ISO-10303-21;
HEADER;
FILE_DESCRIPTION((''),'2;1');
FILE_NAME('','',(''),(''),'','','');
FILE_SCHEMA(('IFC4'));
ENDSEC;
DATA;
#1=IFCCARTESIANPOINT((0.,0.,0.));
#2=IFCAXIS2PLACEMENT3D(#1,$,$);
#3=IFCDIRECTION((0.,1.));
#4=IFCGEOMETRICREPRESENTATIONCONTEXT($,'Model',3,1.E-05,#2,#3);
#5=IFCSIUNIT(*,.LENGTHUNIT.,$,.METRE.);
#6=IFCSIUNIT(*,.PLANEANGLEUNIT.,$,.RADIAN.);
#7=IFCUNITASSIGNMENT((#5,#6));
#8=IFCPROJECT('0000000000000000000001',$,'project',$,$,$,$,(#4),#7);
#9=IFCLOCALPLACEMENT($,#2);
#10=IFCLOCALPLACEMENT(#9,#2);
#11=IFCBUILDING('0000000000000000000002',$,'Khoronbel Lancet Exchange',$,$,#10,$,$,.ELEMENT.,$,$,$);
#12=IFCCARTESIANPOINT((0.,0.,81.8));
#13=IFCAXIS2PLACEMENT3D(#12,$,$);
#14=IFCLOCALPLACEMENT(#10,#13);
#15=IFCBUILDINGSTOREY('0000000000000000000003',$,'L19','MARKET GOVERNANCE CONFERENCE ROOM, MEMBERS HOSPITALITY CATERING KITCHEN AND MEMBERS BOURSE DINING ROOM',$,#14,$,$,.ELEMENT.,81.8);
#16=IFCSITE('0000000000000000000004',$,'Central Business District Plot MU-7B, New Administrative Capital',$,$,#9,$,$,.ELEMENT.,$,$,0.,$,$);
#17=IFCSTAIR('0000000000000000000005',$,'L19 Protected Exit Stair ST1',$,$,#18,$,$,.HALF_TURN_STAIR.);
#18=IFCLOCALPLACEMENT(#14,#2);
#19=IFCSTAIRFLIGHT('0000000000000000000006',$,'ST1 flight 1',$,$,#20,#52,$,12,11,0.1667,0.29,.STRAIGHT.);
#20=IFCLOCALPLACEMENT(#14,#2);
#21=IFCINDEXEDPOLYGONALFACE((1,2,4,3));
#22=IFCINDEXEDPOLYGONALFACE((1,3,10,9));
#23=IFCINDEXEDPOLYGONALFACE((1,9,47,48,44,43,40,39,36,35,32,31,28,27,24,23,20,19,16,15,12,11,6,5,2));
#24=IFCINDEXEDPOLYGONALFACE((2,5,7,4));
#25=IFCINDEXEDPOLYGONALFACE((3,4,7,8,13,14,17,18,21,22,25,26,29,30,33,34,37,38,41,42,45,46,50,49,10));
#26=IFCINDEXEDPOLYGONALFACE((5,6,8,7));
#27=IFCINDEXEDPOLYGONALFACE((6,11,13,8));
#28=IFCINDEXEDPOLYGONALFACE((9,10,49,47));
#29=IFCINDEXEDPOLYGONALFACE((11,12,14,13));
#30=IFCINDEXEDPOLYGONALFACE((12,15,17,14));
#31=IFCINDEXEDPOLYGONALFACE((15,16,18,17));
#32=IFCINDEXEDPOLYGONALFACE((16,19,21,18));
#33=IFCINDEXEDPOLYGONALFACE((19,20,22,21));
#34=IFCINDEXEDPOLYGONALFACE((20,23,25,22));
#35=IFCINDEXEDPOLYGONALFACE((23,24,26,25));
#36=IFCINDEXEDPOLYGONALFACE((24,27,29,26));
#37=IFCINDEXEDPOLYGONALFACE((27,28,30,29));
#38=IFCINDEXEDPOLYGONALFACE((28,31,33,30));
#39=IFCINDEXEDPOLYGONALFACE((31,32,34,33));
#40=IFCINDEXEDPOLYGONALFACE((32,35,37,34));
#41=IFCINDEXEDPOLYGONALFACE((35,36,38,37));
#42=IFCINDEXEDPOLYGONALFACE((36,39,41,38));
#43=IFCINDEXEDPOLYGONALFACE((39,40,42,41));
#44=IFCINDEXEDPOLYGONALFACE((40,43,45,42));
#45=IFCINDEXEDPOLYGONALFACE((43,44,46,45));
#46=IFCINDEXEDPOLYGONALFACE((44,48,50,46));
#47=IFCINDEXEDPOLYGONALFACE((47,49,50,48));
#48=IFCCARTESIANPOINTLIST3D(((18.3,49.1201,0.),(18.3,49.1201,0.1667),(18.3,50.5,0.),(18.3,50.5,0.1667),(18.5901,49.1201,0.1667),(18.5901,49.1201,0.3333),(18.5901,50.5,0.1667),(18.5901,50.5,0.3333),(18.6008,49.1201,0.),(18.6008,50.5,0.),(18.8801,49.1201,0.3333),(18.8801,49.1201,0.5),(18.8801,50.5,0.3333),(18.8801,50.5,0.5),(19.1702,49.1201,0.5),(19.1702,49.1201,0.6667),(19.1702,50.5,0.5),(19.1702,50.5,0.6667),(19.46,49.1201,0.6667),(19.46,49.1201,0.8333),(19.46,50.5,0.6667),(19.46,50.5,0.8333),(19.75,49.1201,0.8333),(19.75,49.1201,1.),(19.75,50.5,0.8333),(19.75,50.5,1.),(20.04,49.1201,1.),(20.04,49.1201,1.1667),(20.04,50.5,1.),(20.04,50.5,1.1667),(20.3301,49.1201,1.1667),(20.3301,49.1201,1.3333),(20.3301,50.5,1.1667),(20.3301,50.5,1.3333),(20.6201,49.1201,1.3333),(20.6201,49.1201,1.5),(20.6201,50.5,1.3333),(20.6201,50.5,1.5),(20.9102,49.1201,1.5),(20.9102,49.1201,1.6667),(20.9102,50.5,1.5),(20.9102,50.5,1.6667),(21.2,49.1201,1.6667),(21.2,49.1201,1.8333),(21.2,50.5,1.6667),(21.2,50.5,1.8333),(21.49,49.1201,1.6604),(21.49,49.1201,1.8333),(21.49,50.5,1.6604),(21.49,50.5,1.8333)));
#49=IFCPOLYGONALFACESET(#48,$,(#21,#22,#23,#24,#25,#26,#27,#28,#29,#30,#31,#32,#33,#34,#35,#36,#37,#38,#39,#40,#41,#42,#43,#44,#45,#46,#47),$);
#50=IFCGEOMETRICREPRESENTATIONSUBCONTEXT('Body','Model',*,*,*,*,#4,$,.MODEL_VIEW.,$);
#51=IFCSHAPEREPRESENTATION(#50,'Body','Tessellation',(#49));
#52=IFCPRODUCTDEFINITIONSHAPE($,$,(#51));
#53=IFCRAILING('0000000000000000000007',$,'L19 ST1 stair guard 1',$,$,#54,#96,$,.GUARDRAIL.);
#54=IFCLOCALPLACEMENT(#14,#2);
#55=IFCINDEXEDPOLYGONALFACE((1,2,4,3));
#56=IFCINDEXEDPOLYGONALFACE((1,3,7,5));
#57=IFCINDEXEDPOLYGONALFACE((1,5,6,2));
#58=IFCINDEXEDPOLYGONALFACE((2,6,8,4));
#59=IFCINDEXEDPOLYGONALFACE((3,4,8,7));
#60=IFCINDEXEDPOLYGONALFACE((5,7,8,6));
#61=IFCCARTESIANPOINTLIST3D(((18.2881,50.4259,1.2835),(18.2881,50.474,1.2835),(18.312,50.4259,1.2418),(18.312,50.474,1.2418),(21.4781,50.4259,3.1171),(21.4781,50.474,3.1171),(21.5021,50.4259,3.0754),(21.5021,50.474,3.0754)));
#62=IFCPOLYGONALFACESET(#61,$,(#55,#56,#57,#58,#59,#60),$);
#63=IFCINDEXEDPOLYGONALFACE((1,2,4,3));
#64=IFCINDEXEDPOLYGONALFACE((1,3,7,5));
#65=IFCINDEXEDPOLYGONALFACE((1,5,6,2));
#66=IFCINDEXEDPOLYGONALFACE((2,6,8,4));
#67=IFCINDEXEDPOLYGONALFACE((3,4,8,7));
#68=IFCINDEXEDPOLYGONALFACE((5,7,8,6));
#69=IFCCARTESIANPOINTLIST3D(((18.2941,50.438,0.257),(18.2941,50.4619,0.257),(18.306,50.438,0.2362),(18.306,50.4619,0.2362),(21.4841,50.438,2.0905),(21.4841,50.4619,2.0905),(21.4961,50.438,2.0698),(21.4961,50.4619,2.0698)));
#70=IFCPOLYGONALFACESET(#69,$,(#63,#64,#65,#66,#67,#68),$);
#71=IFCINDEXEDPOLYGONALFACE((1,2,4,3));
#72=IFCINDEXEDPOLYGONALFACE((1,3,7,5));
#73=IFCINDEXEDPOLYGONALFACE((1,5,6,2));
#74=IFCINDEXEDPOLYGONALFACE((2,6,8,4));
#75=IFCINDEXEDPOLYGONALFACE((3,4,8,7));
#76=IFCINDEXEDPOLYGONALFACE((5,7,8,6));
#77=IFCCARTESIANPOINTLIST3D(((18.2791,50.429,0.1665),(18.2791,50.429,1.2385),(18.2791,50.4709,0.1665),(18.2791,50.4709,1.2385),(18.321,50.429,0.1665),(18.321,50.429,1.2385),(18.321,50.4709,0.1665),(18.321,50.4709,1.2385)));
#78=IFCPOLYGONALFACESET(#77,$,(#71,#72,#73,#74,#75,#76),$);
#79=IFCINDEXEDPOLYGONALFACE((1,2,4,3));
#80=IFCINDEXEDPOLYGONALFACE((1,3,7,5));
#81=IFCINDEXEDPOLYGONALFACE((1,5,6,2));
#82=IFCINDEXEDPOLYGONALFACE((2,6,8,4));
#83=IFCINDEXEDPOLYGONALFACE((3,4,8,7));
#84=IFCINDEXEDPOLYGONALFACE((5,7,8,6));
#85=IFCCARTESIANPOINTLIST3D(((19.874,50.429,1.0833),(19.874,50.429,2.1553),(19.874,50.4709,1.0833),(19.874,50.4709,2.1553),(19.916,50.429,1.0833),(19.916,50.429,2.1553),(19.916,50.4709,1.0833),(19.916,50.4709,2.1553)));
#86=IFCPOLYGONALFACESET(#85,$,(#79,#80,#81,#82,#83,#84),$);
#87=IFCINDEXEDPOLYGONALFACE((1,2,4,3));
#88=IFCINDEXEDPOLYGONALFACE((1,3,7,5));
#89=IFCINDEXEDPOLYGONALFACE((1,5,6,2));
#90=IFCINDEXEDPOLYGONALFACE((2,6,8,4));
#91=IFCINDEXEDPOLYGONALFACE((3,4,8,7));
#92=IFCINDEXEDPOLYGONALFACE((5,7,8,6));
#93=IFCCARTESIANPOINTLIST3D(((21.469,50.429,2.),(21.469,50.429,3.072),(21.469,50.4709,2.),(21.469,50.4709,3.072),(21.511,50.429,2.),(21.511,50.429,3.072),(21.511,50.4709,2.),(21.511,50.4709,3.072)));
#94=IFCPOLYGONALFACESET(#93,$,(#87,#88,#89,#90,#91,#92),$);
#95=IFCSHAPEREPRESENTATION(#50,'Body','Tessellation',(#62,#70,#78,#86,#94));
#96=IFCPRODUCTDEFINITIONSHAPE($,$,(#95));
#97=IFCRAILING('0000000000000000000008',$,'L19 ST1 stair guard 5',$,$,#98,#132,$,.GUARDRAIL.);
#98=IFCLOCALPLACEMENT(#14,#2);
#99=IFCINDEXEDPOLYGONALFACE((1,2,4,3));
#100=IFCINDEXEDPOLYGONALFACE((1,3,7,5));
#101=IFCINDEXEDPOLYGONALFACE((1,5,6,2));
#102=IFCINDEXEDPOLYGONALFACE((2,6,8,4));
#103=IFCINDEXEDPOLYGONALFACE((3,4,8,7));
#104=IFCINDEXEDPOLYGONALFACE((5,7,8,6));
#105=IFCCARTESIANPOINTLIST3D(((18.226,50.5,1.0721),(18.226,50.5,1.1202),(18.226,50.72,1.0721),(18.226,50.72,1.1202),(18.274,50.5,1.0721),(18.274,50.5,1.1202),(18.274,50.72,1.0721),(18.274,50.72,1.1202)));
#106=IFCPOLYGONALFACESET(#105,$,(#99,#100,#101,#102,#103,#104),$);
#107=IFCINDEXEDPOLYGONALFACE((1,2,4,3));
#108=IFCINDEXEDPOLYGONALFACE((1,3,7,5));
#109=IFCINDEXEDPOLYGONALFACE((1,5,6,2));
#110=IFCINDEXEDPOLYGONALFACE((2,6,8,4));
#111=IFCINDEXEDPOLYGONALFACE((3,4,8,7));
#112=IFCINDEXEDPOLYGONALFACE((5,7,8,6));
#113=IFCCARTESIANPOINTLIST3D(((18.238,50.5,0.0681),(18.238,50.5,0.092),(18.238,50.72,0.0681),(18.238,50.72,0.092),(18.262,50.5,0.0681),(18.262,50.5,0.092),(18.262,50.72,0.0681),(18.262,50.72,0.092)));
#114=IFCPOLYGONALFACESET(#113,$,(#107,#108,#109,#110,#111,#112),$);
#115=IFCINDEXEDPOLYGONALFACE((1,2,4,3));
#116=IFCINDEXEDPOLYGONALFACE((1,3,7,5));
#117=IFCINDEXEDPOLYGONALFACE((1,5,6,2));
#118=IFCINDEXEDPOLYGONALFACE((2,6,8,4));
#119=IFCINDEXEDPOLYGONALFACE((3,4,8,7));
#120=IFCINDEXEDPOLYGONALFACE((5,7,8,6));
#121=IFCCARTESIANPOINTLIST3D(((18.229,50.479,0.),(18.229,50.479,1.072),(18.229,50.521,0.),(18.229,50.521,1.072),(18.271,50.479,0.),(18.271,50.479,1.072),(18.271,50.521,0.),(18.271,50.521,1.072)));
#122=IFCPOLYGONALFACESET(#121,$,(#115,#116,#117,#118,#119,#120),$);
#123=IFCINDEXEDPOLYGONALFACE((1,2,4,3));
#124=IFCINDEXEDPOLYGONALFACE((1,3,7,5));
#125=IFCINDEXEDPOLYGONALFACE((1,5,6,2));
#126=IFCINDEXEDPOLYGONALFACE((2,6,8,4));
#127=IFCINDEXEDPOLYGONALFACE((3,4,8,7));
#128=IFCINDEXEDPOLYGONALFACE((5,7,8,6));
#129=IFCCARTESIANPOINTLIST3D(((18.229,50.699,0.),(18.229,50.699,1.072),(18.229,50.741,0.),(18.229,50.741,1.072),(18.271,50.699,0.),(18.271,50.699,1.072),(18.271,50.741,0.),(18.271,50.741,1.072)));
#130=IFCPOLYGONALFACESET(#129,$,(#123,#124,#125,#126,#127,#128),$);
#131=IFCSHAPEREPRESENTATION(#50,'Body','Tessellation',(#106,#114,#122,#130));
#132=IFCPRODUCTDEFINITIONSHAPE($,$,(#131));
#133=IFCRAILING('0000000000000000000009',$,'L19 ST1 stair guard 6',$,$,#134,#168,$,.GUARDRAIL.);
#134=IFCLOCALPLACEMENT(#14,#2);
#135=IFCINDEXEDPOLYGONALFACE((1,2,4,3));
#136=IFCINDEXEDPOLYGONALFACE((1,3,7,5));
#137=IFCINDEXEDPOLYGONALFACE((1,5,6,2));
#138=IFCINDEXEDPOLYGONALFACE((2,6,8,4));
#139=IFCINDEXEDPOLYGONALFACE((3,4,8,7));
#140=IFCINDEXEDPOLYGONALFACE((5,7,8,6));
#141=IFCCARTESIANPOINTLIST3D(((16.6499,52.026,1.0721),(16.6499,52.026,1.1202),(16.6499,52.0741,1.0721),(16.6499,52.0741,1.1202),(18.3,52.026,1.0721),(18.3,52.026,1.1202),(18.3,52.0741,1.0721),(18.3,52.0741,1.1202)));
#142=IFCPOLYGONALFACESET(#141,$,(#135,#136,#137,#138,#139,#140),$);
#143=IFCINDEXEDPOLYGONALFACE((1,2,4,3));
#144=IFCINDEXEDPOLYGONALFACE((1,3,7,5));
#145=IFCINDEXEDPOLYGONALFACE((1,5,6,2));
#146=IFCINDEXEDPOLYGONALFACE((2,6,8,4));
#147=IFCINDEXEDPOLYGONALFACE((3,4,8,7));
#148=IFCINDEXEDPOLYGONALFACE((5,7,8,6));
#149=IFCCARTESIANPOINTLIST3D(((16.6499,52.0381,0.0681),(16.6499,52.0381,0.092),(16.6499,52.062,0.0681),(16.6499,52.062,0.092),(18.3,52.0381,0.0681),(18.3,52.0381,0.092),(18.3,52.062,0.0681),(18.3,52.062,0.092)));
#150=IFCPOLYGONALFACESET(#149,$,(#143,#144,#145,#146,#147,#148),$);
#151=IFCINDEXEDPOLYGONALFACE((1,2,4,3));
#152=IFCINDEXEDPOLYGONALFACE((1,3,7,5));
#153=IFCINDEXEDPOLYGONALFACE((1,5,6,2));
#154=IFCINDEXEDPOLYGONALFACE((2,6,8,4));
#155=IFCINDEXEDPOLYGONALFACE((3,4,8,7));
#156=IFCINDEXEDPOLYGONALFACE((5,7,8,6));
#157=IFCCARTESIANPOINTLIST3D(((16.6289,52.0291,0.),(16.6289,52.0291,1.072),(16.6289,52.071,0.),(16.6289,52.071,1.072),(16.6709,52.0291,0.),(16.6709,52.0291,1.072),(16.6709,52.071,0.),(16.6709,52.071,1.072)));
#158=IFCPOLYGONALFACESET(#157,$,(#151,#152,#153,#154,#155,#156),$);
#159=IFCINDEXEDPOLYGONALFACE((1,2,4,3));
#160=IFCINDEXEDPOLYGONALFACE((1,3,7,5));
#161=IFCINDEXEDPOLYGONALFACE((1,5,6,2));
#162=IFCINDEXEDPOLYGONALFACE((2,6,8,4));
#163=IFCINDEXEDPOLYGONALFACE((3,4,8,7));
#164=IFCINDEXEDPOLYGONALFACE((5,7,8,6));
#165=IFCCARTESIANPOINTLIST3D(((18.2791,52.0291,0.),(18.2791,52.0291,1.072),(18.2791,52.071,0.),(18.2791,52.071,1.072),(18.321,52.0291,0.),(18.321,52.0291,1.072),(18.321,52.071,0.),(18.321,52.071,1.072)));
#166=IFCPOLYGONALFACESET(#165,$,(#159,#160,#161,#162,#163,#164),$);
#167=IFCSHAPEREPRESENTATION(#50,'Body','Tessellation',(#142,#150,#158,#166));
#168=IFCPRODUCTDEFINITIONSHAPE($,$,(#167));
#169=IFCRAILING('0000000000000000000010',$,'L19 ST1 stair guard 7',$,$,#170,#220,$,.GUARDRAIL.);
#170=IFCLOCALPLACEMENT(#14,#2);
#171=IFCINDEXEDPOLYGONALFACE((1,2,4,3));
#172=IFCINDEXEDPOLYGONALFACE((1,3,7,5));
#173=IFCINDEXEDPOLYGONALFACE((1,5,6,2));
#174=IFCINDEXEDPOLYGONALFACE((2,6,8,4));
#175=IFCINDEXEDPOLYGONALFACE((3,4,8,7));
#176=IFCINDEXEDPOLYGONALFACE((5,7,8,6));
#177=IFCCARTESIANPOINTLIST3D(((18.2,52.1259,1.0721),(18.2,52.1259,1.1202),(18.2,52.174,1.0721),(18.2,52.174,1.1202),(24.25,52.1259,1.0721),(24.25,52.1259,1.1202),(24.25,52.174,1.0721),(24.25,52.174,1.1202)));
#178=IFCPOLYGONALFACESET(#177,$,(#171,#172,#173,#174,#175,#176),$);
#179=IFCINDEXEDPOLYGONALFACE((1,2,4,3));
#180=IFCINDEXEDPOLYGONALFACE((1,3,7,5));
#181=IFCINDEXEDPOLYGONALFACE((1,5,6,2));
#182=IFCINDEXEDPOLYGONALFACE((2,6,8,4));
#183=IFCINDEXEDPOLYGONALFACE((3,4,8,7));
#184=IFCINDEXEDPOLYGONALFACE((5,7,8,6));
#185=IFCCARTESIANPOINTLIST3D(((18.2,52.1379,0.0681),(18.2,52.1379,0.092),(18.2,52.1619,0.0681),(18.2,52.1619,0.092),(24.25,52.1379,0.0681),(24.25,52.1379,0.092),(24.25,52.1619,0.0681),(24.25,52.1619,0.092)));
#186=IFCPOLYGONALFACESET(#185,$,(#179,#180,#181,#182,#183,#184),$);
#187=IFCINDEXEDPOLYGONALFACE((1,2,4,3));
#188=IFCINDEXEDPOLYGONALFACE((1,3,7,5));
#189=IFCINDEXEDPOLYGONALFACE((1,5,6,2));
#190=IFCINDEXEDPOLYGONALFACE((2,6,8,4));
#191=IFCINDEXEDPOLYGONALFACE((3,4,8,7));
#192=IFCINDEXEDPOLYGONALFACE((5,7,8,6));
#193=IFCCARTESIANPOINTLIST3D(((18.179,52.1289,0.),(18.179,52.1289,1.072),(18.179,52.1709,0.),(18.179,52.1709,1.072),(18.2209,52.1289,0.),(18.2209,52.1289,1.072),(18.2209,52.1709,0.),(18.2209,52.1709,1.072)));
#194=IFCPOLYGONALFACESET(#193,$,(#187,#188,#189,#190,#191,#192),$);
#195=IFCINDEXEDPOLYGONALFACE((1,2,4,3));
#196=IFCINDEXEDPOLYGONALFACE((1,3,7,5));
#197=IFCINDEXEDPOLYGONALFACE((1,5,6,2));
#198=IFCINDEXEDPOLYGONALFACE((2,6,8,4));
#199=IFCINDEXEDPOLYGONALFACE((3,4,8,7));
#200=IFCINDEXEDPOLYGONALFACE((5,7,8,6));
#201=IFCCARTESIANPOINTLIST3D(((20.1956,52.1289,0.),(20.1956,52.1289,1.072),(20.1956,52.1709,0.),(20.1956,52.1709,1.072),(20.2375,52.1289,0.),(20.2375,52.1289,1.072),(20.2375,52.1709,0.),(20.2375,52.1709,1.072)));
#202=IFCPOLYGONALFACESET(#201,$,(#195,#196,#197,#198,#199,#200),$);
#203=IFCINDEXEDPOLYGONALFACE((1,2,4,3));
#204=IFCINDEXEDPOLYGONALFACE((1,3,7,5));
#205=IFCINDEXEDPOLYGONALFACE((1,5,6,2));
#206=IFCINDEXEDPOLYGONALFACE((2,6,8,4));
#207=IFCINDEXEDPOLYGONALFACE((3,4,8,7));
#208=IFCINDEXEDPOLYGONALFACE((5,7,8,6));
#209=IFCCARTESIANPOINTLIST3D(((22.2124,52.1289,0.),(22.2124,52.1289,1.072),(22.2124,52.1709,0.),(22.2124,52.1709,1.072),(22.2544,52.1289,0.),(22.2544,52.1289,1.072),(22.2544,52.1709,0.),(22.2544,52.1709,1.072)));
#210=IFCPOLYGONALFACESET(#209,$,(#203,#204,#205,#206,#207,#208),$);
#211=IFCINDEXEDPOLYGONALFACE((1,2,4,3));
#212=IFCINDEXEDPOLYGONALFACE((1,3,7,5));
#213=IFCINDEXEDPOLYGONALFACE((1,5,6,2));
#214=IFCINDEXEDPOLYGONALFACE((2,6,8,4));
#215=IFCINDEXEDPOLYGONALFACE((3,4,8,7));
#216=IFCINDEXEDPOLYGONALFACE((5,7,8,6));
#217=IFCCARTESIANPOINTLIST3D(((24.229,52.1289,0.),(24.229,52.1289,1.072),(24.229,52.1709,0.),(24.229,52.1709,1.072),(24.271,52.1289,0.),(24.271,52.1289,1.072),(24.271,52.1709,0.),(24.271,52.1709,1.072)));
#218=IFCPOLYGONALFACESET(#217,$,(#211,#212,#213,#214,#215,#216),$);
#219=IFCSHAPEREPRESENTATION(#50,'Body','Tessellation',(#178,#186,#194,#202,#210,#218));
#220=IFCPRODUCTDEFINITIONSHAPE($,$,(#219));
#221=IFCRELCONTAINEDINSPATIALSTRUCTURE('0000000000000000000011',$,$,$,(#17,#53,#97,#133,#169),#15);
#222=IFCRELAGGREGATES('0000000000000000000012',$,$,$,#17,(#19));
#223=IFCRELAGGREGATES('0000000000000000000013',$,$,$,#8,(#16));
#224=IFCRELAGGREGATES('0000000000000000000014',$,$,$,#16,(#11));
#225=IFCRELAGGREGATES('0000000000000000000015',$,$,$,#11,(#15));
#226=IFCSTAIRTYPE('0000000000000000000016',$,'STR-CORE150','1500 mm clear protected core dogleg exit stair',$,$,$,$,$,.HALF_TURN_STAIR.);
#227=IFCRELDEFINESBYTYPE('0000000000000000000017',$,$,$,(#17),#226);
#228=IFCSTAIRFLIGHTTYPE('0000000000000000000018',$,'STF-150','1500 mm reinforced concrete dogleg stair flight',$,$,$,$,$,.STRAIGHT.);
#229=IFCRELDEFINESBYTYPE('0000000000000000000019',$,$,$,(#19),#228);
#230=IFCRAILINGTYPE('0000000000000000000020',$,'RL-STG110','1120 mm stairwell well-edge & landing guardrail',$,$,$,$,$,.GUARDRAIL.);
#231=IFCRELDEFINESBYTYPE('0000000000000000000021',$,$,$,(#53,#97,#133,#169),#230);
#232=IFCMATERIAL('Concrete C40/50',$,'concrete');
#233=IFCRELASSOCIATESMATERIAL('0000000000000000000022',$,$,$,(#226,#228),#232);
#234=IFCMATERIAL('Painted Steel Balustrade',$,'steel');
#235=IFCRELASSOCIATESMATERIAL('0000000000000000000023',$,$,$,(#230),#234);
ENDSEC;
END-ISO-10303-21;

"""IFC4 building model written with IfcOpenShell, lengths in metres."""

from ifc_helpers import new_model, si_unit, direction, frame, origin, origin_2d, place, context, subcontext, project, spatial, polyline, rectangle, outline, extrude, material, type_object, element, aggregate, save


model = new_model("IFC4")

# Units and contexts
model_context = context("Model", 3, precision=1e-05, world=origin(), true_north=direction((0.0, 1.0)))
body_context = subcontext(model_context, "Body", "Model", "MODEL_VIEW")
ifc_project = project(units=[si_unit("LENGTHUNIT", "METRE"), si_unit("PLANEANGLEUNIT", "RADIAN")], contexts=[model_context])

# Site, building, storey
site_placement = place(None, origin())
site = spatial("IfcSite", under=ifc_project, at=site_placement, Name="Central Business District Plot MU-7B, New Administrative Capital", CompositionType="ELEMENT", RefElevation=0.0)
building_placement = place(site_placement, origin())
building = spatial("IfcBuilding", under=site, at=building_placement, Name="Khoronbel Lancet Exchange", CompositionType="ELEMENT")
storey_placement = place(building_placement, frame((0.0, 0.0, 81.8)))
storey = spatial("IfcBuildingStorey", under=building, at=storey_placement, Name="L19", Description="MARKET GOVERNANCE CONFERENCE ROOM, MEMBERS HOSPITALITY CATERING KITCHEN AND MEMBERS BOURSE DINING ROOM", CompositionType="ELEMENT", Elevation=81.8)

# Stair, stair flight
ifc_material_1 = material(Name="Concrete C40/50", Category="concrete")
stair_type = type_object("IfcStairType", Name="STR-CORE150", Description="1500 mm clear protected core dogleg exit stair", PredefinedType="HALF_TURN_STAIR", material=ifc_material_1)
stair_placement = place(storey_placement, origin())
stair = element("IfcStair", 1, at=stair_placement, inside=storey, type_object=stair_type, Name="L19 Protected Exit Stair ST1", PredefinedType="HALF_TURN_STAIR")
stair_flight_type = type_object("IfcStairFlightType", Name="STF-150", Description="1500 mm reinforced concrete dogleg stair flight", PredefinedType="STRAIGHT", material=ifc_material_1)
stair_flight_placement = place(storey_placement, frame((18.3, 49.8101, 0.0), z_axis=(0.0, 0.0, 1.0), x_axis=(1.0, 0.0, 0.0)))
stair_flight = element("IfcStairFlight", 2, at=stair_flight_placement, type_object=stair_flight_type, Name="ST1 flight 1", NumberOfRisers=12, NumberOfTreads=11, PredefinedType="STRAIGHT", RiserHeight=0.1667, TreadLength=0.29, context=body_context, shape_type="SweptSolid", body=[
    extrude(outline(polyline([(0.0, 0.0), (0.0, 0.1667), (0.29, 0.1667), (0.29, 0.3333), (0.5801, 0.3333), (0.5801, 0.5), (0.8701, 0.5), (0.8701, 0.6667), (1.1599, 0.6667), (1.1599, 0.8333), (1.45, 0.8333), (1.45, 1.0), (1.74, 1.0), (1.74, 1.1667), (2.03, 1.1667), (2.03, 1.3333), (2.3201, 1.3333), (2.3201, 1.5), (2.6101, 1.5), (2.6101, 1.6667), (2.8999, 1.6667), (2.8999, 1.8333), (3.1899, 1.8333), (3.1899, 2.0), (3.1899, 1.6604), (0.3008, 0.0), (0.0, 0.0)])), frame((0.0, 0.6899, 0.0), z_axis=(0.0, -1.0, 0.0), x_axis=(1.0, 0.0, 0.0)), (0.0, 0.0, 1.0), 1.3799),
])
aggregate(stair, [stair_flight])

# Railings
ifc_material_2 = material(Name="Painted Steel Balustrade", Category="steel")
railing_type_1 = type_object("IfcRailingType", Name="RL-STG110", Description="1120 mm stairwell well-edge & landing guardrail", PredefinedType="GUARDRAIL", material=ifc_material_2)
railing_1_placement = place(storey_placement, frame((18.3, 50.45, 0.1665)))
element("IfcRailing", 3, at=railing_1_placement, inside=storey, type_object=railing_type_1, Name="L19 ST1 stair guard 1", PredefinedType="GUARDRAIL", context=body_context, shape_type="SweptSolid", body=[
    extrude(rectangle(XDim=0.0481, YDim=0.0481, at=origin_2d()), frame((0.0, 0.0, 1.0962), z_axis=(0.866991, 0.0, 0.498324), x_axis=(0.0, 1.0, 0.0)), (0.0, 0.0, 1.0), 3.6794),
    extrude(rectangle(XDim=0.0239, YDim=0.0239, at=origin_2d()), frame((0.0, 0.0, 0.0801), z_axis=(0.866991, 0.0, 0.498324), x_axis=(0.0, 1.0, 0.0)), (0.0, 0.0, 1.0), 3.6794),
    extrude(rectangle(XDim=0.042, YDim=0.042, at=origin_2d()), origin(), (0.0, 0.0, 1.0), 1.072),
    extrude(rectangle(XDim=0.042, YDim=0.042, at=origin_2d()), frame((1.595, 0.0, 0.9167)), (0.0, 0.0, 1.0), 1.072),
    extrude(rectangle(XDim=0.042, YDim=0.042, at=origin_2d()), frame((3.1899, 0.0, 1.8335)), (0.0, 0.0, 1.0), 1.072),
])
railing_2_placement = place(storey_placement, frame((18.25, 50.5, 0.0)))
element("IfcRailing", 4, at=railing_2_placement, inside=storey, type_object=railing_type_1, Name="L19 ST1 stair guard 5", PredefinedType="GUARDRAIL", context=body_context, shape_type="SweptSolid", body=[
    extrude(rectangle(XDim=0.0481, YDim=0.0481, at=origin_2d()), frame((0.0, 0.0, 1.0962), z_axis=(0.0, 1.0, 0.0), x_axis=(-1.0, 0.0, 0.0)), (0.0, 0.0, 1.0), 0.22),
    extrude(rectangle(XDim=0.0239, YDim=0.0239, at=origin_2d()), frame((0.0, 0.0, 0.0801), z_axis=(0.0, 1.0, 0.0), x_axis=(-1.0, 0.0, 0.0)), (0.0, 0.0, 1.0), 0.22),
    extrude(rectangle(XDim=0.042, YDim=0.042, at=origin_2d()), origin(), (0.0, 0.0, 1.0), 1.072),
    extrude(rectangle(XDim=0.042, YDim=0.042, at=origin_2d()), frame((0.0, 0.22, 0.0)), (0.0, 0.0, 1.0), 1.072),
])
railing_3_placement = place(storey_placement, frame((16.6499, 52.05, 0.0)))
element("IfcRailing", 5, at=railing_3_placement, inside=storey, type_object=railing_type_1, Name="L19 ST1 stair guard 6", PredefinedType="GUARDRAIL", context=body_context, shape_type="SweptSolid", body=[
    extrude(rectangle(XDim=0.0481, YDim=0.0481, at=origin_2d()), frame((0.0, 0.0, 1.0962), z_axis=(1.0, 0.0, 0.0), x_axis=(0.0, 1.0, 0.0)), (0.0, 0.0, 1.0), 1.6501),
    extrude(rectangle(XDim=0.0239, YDim=0.0239, at=origin_2d()), frame((0.0, 0.0, 0.0801), z_axis=(1.0, 0.0, 0.0), x_axis=(0.0, 1.0, 0.0)), (0.0, 0.0, 1.0), 1.6501),
    extrude(rectangle(XDim=0.042, YDim=0.042, at=origin_2d()), origin(), (0.0, 0.0, 1.0), 1.072),
    extrude(rectangle(XDim=0.042, YDim=0.042, at=origin_2d()), frame((1.6501, 0.0, 0.0)), (0.0, 0.0, 1.0), 1.072),
])
railing_4_placement = place(storey_placement, frame((18.2, 52.1499, 0.0)))
element("IfcRailing", 6, at=railing_4_placement, inside=storey, type_object=railing_type_1, Name="L19 ST1 stair guard 7", PredefinedType="GUARDRAIL", context=body_context, shape_type="SweptSolid", body=[
    extrude(rectangle(XDim=0.0481, YDim=0.0481, at=origin_2d()), frame((0.0, 0.0, 1.0962), z_axis=(1.0, 0.0, 0.0), x_axis=(0.0, 1.0, 0.0)), (0.0, 0.0, 1.0), 6.05),
    extrude(rectangle(XDim=0.0239, YDim=0.0239, at=origin_2d()), frame((0.0, 0.0, 0.0801), z_axis=(1.0, 0.0, 0.0), x_axis=(0.0, 1.0, 0.0)), (0.0, 0.0, 1.0), 6.05),
    extrude(rectangle(XDim=0.042, YDim=0.042, at=origin_2d()), origin(), (0.0, 0.0, 1.0), 1.072),
    extrude(rectangle(XDim=0.042, YDim=0.042, at=origin_2d()), frame((2.0166, 0.0, 0.0)), (0.0, 0.0, 1.0), 1.072),
    extrude(rectangle(XDim=0.042, YDim=0.042, at=origin_2d()), frame((4.0334, 0.0, 0.0)), (0.0, 0.0, 1.0), 1.072),
    extrude(rectangle(XDim=0.042, YDim=0.042, at=origin_2d()), frame((6.05, 0.0, 0.0)), (0.0, 0.0, 1.0), 1.072),
])

save(model, "model.ifc")
